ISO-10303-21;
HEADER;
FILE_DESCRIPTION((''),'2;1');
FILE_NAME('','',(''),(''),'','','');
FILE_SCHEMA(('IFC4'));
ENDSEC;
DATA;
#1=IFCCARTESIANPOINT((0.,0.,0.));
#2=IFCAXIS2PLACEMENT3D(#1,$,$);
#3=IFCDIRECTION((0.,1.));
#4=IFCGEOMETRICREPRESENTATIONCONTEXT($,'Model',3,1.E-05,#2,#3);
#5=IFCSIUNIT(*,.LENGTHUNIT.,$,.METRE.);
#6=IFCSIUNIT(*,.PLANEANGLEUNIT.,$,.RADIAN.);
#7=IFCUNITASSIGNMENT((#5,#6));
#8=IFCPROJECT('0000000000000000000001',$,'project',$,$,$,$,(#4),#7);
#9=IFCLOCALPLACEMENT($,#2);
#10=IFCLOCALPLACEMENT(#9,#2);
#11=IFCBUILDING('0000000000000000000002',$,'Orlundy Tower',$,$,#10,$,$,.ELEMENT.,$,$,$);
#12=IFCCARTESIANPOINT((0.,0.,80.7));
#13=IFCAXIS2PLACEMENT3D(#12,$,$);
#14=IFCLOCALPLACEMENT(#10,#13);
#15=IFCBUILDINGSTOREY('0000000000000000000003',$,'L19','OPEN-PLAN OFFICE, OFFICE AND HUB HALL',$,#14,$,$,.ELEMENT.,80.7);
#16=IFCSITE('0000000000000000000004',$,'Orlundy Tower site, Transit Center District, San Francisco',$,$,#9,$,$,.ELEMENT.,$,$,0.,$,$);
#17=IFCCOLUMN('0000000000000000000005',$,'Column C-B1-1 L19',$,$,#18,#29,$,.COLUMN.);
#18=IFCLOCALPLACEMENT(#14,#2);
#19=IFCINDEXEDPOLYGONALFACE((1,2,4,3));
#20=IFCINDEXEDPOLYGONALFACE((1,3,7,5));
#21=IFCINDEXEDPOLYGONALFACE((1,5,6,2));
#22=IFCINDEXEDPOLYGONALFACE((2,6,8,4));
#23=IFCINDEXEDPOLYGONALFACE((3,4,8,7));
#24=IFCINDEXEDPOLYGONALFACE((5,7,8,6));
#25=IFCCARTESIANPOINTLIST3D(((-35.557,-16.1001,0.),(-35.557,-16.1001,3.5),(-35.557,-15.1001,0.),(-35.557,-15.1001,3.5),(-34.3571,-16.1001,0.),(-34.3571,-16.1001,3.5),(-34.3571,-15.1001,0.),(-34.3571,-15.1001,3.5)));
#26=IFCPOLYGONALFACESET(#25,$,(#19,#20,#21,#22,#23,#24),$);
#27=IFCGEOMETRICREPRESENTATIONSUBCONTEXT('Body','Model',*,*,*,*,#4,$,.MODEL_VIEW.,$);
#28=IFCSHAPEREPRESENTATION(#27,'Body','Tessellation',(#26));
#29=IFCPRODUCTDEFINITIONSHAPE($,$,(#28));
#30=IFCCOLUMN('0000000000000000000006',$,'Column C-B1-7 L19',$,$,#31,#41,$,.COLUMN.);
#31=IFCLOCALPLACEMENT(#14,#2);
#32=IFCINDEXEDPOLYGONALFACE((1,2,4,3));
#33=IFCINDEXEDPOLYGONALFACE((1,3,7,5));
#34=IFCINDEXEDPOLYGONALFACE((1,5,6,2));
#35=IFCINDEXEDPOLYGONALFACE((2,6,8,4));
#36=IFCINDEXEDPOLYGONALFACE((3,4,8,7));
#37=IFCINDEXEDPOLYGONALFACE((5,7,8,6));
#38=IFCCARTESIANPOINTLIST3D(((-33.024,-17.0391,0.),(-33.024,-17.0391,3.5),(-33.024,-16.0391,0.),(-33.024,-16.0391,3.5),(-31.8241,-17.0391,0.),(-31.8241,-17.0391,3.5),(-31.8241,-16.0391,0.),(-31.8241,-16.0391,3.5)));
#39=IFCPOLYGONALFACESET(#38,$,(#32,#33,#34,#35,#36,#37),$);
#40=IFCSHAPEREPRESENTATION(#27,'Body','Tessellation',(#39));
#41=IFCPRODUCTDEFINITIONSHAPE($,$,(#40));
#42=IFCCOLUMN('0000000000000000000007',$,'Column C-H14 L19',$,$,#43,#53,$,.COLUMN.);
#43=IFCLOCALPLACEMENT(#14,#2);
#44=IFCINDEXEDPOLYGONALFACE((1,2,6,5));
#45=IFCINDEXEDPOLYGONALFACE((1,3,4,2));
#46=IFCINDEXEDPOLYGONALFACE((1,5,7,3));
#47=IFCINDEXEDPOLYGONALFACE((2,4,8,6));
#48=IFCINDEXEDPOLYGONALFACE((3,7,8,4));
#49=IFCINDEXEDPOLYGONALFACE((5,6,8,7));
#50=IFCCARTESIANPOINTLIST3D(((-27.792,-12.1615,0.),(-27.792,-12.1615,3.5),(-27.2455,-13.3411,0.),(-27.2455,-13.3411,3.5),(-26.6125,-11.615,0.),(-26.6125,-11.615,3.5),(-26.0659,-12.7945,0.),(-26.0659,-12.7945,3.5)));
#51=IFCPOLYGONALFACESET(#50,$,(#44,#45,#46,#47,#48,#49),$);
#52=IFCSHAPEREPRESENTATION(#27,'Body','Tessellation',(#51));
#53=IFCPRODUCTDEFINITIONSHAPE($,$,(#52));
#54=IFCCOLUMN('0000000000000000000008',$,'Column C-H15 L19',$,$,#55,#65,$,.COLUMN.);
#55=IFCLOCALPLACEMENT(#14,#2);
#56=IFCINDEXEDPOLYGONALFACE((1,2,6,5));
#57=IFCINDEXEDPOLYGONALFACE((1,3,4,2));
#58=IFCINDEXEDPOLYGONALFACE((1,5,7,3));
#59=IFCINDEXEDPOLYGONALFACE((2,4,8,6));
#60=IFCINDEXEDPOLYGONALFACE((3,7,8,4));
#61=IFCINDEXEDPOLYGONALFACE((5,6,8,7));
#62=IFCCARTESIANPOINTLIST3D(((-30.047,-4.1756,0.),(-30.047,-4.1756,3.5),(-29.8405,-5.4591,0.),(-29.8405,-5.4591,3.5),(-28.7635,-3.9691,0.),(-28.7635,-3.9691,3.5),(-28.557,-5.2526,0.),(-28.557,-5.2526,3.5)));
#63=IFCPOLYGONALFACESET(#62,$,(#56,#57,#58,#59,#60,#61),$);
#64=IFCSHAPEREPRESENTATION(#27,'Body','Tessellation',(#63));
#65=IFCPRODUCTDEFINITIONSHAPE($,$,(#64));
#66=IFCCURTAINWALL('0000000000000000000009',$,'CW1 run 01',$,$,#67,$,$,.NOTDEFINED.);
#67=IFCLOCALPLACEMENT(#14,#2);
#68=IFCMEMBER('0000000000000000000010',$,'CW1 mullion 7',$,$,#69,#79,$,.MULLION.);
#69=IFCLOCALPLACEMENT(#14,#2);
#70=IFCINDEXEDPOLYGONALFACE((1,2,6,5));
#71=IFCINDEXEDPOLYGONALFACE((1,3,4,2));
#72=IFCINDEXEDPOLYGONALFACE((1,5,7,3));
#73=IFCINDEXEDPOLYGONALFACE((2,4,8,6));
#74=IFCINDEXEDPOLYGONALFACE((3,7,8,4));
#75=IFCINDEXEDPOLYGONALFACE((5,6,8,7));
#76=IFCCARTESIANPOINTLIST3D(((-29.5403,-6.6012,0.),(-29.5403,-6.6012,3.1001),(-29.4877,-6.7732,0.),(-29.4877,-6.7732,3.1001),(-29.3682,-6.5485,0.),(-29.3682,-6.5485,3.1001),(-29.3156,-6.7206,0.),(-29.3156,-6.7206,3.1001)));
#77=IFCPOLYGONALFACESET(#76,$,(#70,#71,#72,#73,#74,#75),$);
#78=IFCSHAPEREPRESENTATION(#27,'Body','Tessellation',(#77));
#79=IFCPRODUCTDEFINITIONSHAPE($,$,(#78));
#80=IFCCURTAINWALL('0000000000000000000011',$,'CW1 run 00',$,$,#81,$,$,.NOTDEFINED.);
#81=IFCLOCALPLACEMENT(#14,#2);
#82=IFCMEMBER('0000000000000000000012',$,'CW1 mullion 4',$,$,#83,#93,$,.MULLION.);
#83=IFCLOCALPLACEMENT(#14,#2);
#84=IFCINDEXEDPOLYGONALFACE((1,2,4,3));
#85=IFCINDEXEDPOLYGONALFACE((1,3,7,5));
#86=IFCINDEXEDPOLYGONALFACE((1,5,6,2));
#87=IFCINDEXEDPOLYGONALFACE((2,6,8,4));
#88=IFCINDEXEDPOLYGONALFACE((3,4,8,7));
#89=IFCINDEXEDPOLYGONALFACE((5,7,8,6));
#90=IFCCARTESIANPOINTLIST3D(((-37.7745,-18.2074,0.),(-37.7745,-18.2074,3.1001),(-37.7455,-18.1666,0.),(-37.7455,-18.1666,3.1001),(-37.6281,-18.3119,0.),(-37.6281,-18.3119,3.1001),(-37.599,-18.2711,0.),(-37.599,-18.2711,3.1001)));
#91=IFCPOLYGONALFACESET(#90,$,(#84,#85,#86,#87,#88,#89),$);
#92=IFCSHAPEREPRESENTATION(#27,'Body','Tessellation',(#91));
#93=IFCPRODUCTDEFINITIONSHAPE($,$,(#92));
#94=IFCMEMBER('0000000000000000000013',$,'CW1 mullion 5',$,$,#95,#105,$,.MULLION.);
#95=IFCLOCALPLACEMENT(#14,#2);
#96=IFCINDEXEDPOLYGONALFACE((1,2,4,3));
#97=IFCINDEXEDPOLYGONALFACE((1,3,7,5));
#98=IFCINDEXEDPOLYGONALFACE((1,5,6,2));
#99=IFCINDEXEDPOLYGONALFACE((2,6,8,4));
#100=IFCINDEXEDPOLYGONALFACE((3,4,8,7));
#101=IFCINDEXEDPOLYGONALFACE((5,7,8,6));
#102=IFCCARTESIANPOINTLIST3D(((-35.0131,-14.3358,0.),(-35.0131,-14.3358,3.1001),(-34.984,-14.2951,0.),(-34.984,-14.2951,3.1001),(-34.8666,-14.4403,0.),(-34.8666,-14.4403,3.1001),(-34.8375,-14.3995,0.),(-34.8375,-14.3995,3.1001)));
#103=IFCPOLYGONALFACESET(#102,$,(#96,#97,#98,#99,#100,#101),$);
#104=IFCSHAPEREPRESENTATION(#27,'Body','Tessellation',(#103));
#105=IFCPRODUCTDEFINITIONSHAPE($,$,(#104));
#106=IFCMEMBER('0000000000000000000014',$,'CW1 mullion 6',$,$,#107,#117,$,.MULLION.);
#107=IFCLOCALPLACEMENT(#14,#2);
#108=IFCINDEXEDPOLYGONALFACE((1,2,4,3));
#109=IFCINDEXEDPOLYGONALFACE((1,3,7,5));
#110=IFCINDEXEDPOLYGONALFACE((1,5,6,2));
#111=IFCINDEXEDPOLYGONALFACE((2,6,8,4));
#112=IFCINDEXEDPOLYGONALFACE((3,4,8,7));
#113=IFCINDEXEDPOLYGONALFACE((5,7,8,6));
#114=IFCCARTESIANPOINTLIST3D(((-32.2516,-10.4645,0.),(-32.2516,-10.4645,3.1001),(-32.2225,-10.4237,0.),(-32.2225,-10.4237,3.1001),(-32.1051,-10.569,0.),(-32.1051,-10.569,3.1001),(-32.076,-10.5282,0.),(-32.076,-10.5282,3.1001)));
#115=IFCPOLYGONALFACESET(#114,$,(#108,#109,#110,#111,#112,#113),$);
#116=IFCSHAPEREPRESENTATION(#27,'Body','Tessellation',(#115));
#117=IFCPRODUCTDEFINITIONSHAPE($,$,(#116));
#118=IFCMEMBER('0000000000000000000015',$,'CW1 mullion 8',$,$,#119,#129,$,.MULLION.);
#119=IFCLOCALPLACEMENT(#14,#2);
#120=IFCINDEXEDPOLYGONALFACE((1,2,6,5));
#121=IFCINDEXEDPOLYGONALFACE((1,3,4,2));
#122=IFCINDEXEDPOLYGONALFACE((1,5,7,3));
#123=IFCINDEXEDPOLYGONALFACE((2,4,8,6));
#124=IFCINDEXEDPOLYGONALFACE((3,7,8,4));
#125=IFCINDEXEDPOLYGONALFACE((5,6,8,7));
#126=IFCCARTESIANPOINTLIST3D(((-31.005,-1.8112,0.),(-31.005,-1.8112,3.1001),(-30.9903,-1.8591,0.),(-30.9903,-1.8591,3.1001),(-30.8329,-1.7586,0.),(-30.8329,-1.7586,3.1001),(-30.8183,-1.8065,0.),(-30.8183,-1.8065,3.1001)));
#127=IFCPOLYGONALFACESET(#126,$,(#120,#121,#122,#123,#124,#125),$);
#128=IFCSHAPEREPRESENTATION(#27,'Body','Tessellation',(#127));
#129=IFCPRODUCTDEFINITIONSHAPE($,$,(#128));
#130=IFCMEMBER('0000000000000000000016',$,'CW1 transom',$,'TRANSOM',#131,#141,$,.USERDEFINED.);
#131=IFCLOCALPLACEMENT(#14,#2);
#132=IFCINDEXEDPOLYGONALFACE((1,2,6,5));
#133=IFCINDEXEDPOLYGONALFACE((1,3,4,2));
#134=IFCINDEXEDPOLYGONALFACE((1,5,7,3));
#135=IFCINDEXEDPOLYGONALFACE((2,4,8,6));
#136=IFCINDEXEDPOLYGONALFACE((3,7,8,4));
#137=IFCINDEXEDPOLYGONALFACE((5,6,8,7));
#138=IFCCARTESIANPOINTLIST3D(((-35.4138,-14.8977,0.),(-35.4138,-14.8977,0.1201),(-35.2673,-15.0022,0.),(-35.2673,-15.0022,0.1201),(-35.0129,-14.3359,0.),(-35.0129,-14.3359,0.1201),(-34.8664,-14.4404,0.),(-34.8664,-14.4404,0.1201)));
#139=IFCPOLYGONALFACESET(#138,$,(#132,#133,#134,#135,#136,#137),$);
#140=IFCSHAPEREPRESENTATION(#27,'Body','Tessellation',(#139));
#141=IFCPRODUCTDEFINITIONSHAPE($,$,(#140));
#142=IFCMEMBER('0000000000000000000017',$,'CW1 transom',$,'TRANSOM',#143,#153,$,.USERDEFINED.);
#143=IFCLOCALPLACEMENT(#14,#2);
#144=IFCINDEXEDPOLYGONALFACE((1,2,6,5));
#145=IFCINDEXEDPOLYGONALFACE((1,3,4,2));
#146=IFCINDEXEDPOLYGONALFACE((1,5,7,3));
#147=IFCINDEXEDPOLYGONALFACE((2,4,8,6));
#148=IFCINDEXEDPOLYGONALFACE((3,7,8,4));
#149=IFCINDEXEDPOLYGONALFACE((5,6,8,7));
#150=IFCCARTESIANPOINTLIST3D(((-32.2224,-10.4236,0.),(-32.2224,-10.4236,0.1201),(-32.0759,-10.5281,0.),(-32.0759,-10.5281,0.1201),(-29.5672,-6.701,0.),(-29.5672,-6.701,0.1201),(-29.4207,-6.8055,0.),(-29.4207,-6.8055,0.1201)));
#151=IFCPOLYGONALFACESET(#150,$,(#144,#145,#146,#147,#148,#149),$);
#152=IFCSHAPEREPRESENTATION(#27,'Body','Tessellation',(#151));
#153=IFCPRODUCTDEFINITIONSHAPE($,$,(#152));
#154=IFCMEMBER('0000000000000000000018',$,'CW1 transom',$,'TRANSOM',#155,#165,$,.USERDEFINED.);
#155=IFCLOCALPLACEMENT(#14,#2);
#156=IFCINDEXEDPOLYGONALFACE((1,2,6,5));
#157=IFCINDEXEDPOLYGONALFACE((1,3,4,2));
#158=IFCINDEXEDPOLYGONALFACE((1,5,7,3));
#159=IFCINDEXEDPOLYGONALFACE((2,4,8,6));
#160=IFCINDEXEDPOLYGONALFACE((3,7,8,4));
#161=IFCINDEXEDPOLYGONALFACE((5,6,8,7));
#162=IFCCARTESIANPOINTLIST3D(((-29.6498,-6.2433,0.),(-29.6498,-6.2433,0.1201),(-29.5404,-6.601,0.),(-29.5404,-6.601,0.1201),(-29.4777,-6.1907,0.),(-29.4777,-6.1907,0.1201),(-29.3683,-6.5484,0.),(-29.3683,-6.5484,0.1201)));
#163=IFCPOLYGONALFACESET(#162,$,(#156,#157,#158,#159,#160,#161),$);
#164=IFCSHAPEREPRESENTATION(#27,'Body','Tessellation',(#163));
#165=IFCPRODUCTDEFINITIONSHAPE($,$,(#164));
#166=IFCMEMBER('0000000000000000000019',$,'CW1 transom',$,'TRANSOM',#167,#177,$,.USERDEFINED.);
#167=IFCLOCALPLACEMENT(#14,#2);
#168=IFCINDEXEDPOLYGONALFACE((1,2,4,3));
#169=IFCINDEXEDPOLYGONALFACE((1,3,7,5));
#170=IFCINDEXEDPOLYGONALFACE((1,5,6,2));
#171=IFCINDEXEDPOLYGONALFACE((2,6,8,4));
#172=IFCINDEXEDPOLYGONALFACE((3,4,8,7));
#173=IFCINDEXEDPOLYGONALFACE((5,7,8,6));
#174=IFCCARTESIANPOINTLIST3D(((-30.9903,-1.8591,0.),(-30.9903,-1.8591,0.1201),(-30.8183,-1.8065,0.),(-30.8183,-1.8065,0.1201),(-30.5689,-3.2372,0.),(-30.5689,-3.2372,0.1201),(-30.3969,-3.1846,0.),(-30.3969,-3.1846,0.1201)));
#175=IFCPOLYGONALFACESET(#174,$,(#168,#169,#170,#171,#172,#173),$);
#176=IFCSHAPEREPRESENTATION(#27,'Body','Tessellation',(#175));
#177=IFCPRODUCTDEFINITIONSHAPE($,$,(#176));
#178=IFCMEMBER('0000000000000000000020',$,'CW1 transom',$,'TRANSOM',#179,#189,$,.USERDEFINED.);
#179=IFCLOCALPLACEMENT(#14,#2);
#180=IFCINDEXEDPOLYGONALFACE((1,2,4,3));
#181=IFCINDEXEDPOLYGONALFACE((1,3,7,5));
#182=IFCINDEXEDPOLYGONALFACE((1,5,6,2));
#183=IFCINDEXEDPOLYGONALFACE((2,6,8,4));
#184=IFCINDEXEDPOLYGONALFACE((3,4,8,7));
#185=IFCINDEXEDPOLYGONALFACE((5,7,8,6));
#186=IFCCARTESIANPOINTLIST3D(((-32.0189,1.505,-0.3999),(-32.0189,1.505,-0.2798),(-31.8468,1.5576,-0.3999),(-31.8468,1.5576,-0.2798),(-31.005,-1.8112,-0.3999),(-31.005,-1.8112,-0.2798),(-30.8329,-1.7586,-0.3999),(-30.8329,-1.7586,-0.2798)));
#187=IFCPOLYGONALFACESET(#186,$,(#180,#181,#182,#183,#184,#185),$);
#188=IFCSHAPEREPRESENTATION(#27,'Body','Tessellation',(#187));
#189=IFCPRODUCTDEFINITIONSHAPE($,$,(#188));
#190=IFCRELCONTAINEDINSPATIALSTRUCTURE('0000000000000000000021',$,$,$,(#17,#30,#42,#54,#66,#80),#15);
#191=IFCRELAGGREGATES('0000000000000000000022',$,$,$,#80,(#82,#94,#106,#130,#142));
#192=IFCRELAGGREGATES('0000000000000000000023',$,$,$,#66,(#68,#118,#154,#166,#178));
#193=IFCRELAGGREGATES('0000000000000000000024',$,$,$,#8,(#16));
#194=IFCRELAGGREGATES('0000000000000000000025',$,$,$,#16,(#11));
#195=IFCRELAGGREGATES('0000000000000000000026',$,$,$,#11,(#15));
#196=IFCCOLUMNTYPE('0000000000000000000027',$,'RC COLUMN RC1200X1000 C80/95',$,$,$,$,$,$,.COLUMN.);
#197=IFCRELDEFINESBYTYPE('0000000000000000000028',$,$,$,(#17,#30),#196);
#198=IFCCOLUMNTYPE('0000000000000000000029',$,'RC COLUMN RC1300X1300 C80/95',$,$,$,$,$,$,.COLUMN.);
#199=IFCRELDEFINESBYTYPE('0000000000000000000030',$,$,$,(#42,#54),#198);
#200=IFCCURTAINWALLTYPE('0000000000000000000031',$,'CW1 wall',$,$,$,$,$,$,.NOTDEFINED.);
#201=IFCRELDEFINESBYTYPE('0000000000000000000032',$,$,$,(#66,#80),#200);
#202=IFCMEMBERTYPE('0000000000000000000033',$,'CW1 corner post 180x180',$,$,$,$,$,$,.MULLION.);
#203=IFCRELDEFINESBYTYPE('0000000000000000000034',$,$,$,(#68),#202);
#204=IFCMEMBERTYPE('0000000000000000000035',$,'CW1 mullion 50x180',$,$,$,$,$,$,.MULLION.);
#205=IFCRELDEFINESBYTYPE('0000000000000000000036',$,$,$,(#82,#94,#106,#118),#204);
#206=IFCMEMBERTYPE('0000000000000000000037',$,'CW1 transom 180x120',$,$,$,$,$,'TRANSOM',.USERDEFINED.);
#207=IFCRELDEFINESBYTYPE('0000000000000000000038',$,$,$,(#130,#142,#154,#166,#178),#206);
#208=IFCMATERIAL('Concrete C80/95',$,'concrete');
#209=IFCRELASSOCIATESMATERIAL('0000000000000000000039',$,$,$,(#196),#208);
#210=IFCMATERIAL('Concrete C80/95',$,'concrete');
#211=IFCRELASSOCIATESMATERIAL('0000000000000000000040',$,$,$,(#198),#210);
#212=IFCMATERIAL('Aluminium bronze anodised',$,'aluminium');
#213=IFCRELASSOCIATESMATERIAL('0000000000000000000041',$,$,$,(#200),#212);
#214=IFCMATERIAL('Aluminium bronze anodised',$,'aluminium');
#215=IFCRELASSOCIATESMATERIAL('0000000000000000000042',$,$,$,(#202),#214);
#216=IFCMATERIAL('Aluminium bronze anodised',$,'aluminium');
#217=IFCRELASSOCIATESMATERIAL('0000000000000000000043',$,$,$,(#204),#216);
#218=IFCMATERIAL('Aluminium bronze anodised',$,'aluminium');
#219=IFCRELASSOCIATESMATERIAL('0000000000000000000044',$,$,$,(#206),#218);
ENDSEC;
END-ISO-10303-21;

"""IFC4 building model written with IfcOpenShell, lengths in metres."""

from ifc_helpers import new_model, si_unit, direction, frame, origin, origin_2d, place, context, subcontext, project, spatial, rectangle, extrude, material, material_profile, profile_set, type_object, element, aggregate, save


model = new_model("IFC4")

# Units and contexts
model_context = context("Model", 3, precision=1e-05, world=origin(), true_north=direction((0.0, 1.0)))
body_context = subcontext(model_context, "Body", "Model", "MODEL_VIEW")
ifc_project = project(units=[si_unit("LENGTHUNIT", "METRE"), si_unit("PLANEANGLEUNIT", "RADIAN")], contexts=[model_context])

# Site, building, storey
site_placement = place(None, origin())
site = spatial("IfcSite", under=ifc_project, at=site_placement, Name="Orlundy Tower site, Transit Center District, San Francisco", CompositionType="ELEMENT", RefElevation=0.0)
building_placement = place(site_placement, origin())
building = spatial("IfcBuilding", under=site, at=building_placement, Name="Orlundy Tower", CompositionType="ELEMENT")
storey_placement = place(building_placement, frame((0.0, 0.0, 80.7)))
storey = spatial("IfcBuildingStorey", under=building, at=storey_placement, Name="L19", Description="OPEN-PLAN OFFICE, OFFICE AND HUB HALL", CompositionType="ELEMENT", Elevation=80.7)

# Columns
ifc_material_1 = material(Name="Concrete C80/95", Category="concrete")
ifc_material_profile_1 = material_profile(ifc_material_1, rectangle(XDim=1.2, YDim=1.0, at=origin_2d()), Name="RC1200X1000")
ifc_profile_set_1 = profile_set([ifc_material_profile_1], Name="Concrete C80/95")
column_type_1 = type_object("IfcColumnType", Name="RC COLUMN RC1200X1000 C80/95", PredefinedType="COLUMN", material=ifc_profile_set_1)
for number, where, z_axis, x_axis, name in (
    (1, (-34.957, -15.6001, 0.0), (0.0, 0.0, 1.0), (1.0, 0.0, 0.0), "Column C-B1-1 L19"),
    (2, (-32.4241, -16.5391, 0.0), (0.0, 0.0, 1.0), (1.0, 0.0, 0.0), "Column C-B1-7 L19"),
):
    element("IfcColumn", number, at=place(storey_placement, frame(where, z_axis=z_axis, x_axis=x_axis)), inside=storey, type_object=column_type_1, Name=name, PredefinedType="COLUMN", context=body_context, shape_type="SweptSolid", body=[
        extrude(rectangle(XDim=1.2, YDim=1.0, at=origin_2d()), origin(), (0.0, 0.0, 1.0), 3.5),
    ])
ifc_material_2 = material(Name="Concrete C80/95", Category="concrete")
ifc_material_profile_2 = material_profile(ifc_material_2, rectangle(XDim=1.3, YDim=1.3, at=origin_2d()), Name="RC1300X1300")
ifc_profile_set_2 = profile_set([ifc_material_profile_2], Name="Concrete C80/95")
column_type_2 = type_object("IfcColumnType", Name="RC COLUMN RC1300X1300 C80/95", PredefinedType="COLUMN", material=ifc_profile_set_2)
for number, where, z_axis, x_axis, name in (
    (3, (-26.929, -12.478, 0.0), (0.0, 0.0, 1.0), (-0.90733, -0.420418, 0.0), "Column C-H14 L19"),
    (4, (-29.302, -4.7141, 0.0), (0.0, 0.0, 1.0), (-0.987306, -0.15883, 0.0), "Column C-H15 L19"),
):
    element("IfcColumn", number, at=place(storey_placement, frame(where, z_axis=z_axis, x_axis=x_axis)), inside=storey, type_object=column_type_2, Name=name, PredefinedType="COLUMN", context=body_context, shape_type="SweptSolid", body=[
        extrude(rectangle(XDim=1.3, YDim=1.3, at=origin_2d()), origin(), (0.0, 0.0, 1.0), 3.5),
    ])

# Curtain wall, member
ifc_material_3 = material(Name="Aluminium bronze anodised", Category="aluminium")
curtain_wall_type = type_object("IfcCurtainWallType", Name="CW1 wall", PredefinedType="NOTDEFINED", material=ifc_material_3)
curtain_wall_1_placement = place(storey_placement, origin())
curtain_wall_1 = element("IfcCurtainWall", 5, at=curtain_wall_1_placement, inside=storey, type_object=curtain_wall_type, Name="CW1 run 01", PredefinedType="NOTDEFINED")
ifc_material_4 = material(Name="Aluminium bronze anodised", Category="aluminium")
ifc_material_profile_3 = material_profile(ifc_material_4, rectangle(XDim=0.1799, YDim=0.1799, at=origin_2d()), Name="CW1 corner post 180x180")
ifc_profile_set_3 = profile_set([ifc_material_profile_3], Name="Aluminium bronze anodised")
member_type_1 = type_object("IfcMemberType", Name="CW1 corner post 180x180", PredefinedType="MULLION", material=ifc_profile_set_3)
member_1_placement = place(storey_placement, frame((-29.428, -6.6609, 0.0), z_axis=(0.0, 0.0, 1.0), x_axis=(-0.956299, -0.29239, 0.0)))
member_1 = element("IfcMember", 6, at=member_1_placement, type_object=member_type_1, Name="CW1 mullion 7", PredefinedType="MULLION", context=body_context, shape_type="SweptSolid", body=[
    extrude(rectangle(XDim=0.1799, YDim=0.1799, at=origin_2d()), origin(), (0.0, 0.0, 1.0), 3.1001),
])

# Curtain wall, members
curtain_wall_2_placement = place(storey_placement, origin())
curtain_wall_2 = element("IfcCurtainWall", 7, at=curtain_wall_2_placement, inside=storey, type_object=curtain_wall_type, Name="CW1 run 00", PredefinedType="NOTDEFINED")
ifc_material_5 = material(Name="Aluminium bronze anodised", Category="aluminium")
ifc_material_profile_4 = material_profile(ifc_material_5, rectangle(XDim=0.1799, YDim=0.05, at=origin_2d()), Name="CW1 mullion 50x180")
ifc_profile_set_4 = profile_set([ifc_material_profile_4], Name="Aluminium bronze anodised")
member_type_2 = type_object("IfcMemberType", Name="CW1 mullion 50x180", PredefinedType="MULLION", material=ifc_profile_set_4)
member_2_placement = place(storey_placement, frame((-37.6868, -18.2393, 0.0), z_axis=(0.0, 0.0, 1.0), x_axis=(-0.814117, 0.580701, 0.0)))
member_2 = element("IfcMember", 8, at=member_2_placement, type_object=member_type_2, Name="CW1 mullion 4", PredefinedType="MULLION", context=body_context, shape_type="SweptSolid", body=[
    extrude(rectangle(XDim=0.1799, YDim=0.05, at=origin_2d()), origin(), (0.0, 0.0, 1.0), 3.1001),
])
member_3_placement = place(storey_placement, frame((-34.9253, -14.3677, 0.0), z_axis=(0.0, 0.0, 1.0), x_axis=(-0.814117, 0.580701, 0.0)))
member_3 = element("IfcMember", 9, at=member_3_placement, type_object=member_type_2, Name="CW1 mullion 5", PredefinedType="MULLION", context=body_context, shape_type="SweptSolid", body=[
    extrude(rectangle(XDim=0.1799, YDim=0.05, at=origin_2d()), origin(), (0.0, 0.0, 1.0), 3.1001),
])
member_4_placement = place(storey_placement, frame((-32.1638, -10.4963, 0.0), z_axis=(0.0, 0.0, 1.0), x_axis=(-0.814117, 0.580701, 0.0)))
member_4 = element("IfcMember", 10, at=member_4_placement, type_object=member_type_2, Name="CW1 mullion 6", PredefinedType="MULLION", context=body_context, shape_type="SweptSolid", body=[
    extrude(rectangle(XDim=0.1799, YDim=0.05, at=origin_2d()), origin(), (0.0, 0.0, 1.0), 3.1001),
])

# Members
member_5_placement = place(storey_placement, frame((-30.9116, -1.8088, 0.0), z_axis=(0.0, 0.0, 1.0), x_axis=(-0.956299, -0.29239, 0.0)))
member_5 = element("IfcMember", 11, at=member_5_placement, type_object=member_type_2, Name="CW1 mullion 8", PredefinedType="MULLION", context=body_context, shape_type="SweptSolid", body=[
    extrude(rectangle(XDim=0.1799, YDim=0.05, at=origin_2d()), origin(), (0.0, 0.0, 1.0), 3.1001),
])
ifc_material_6 = material(Name="Aluminium bronze anodised", Category="aluminium")
ifc_material_profile_5 = material_profile(ifc_material_6, rectangle(XDim=0.1799, YDim=0.1201, at=origin_2d()), Name="CW1 transom 180x120")
ifc_profile_set_5 = profile_set([ifc_material_profile_5], Name="Aluminium bronze anodised")
member_type_3 = type_object("IfcMemberType", Name="CW1 transom 180x120", ElementType="TRANSOM", PredefinedType="USERDEFINED", material=ifc_profile_set_5)
member_6_placement = place(storey_placement, frame((-35.3406, -14.95, 0.0601), z_axis=(0.58087, 0.813996, 0.0), x_axis=(-0.813996, 0.58087, 0.0)))
member_6 = element("IfcMember", 12, at=member_6_placement, type_object=member_type_3, Name="CW1 transom", ObjectType="TRANSOM", PredefinedType="USERDEFINED", context=body_context, shape_type="SweptSolid", body=[
    extrude(rectangle(XDim=0.1799, YDim=0.1201, at=origin_2d()), origin(), (0.0, 0.0, 1.0), 0.6902),
])
member_7_placement = place(storey_placement, frame((-32.1492, -10.4758, 0.0601), z_axis=(0.580693, 0.814123, 0.0), x_axis=(-0.814123, 0.580693, 0.0)))
member_7 = element("IfcMember", 13, at=member_7_placement, type_object=member_type_3, Name="CW1 transom", ObjectType="TRANSOM", PredefinedType="USERDEFINED", context=body_context, shape_type="SweptSolid", body=[
    extrude(rectangle(XDim=0.1799, YDim=0.1201, at=origin_2d()), origin(), (0.0, 0.0, 1.0), 4.5725),
])
member_8_placement = place(storey_placement, frame((-29.4543, -6.5747, 0.0601), z_axis=(-0.292434, 0.956286, 0.0), x_axis=(-0.956286, -0.292434, 0.0)))
member_8 = element("IfcMember", 14, at=member_8_placement, type_object=member_type_3, Name="CW1 transom", ObjectType="TRANSOM", PredefinedType="USERDEFINED", context=body_context, shape_type="SweptSolid", body=[
    extrude(rectangle(XDim=0.1799, YDim=0.1201, at=origin_2d()), origin(), (0.0, 0.0, 1.0), 0.374),
])
member_9_placement = place(storey_placement, frame((-30.4829, -3.2109, 0.0601), z_axis=(-0.292395, 0.956298, 0.0), x_axis=(-0.956298, -0.292395, 0.0)))
member_9 = element("IfcMember", 15, at=member_9_placement, type_object=member_type_3, Name="CW1 transom", ObjectType="TRANSOM", PredefinedType="USERDEFINED", context=body_context, shape_type="SweptSolid", body=[
    extrude(rectangle(XDim=0.1799, YDim=0.1201, at=origin_2d()), origin(), (0.0, 0.0, 1.0), 1.4412),
])
member_10_placement = place(storey_placement, frame((-30.9189, -1.7849, -0.3398), z_axis=(-0.292388, 0.9563, 0.0), x_axis=(-0.9563, -0.292388, 0.0)))
member_10 = element("IfcMember", 16, at=member_10_placement, type_object=member_type_3, Name="CW1 transom", ObjectType="TRANSOM", PredefinedType="USERDEFINED", context=body_context, shape_type="SweptSolid", body=[
    extrude(rectangle(XDim=0.1799, YDim=0.1201, at=origin_2d()), origin(), (0.0, 0.0, 1.0), 3.4678),
])

aggregate(curtain_wall_2, [member_2, member_3, member_4, member_6, member_7])
aggregate(curtain_wall_1, [member_1, member_5, member_8, member_9, member_10])

save(model, "model.ifc")
